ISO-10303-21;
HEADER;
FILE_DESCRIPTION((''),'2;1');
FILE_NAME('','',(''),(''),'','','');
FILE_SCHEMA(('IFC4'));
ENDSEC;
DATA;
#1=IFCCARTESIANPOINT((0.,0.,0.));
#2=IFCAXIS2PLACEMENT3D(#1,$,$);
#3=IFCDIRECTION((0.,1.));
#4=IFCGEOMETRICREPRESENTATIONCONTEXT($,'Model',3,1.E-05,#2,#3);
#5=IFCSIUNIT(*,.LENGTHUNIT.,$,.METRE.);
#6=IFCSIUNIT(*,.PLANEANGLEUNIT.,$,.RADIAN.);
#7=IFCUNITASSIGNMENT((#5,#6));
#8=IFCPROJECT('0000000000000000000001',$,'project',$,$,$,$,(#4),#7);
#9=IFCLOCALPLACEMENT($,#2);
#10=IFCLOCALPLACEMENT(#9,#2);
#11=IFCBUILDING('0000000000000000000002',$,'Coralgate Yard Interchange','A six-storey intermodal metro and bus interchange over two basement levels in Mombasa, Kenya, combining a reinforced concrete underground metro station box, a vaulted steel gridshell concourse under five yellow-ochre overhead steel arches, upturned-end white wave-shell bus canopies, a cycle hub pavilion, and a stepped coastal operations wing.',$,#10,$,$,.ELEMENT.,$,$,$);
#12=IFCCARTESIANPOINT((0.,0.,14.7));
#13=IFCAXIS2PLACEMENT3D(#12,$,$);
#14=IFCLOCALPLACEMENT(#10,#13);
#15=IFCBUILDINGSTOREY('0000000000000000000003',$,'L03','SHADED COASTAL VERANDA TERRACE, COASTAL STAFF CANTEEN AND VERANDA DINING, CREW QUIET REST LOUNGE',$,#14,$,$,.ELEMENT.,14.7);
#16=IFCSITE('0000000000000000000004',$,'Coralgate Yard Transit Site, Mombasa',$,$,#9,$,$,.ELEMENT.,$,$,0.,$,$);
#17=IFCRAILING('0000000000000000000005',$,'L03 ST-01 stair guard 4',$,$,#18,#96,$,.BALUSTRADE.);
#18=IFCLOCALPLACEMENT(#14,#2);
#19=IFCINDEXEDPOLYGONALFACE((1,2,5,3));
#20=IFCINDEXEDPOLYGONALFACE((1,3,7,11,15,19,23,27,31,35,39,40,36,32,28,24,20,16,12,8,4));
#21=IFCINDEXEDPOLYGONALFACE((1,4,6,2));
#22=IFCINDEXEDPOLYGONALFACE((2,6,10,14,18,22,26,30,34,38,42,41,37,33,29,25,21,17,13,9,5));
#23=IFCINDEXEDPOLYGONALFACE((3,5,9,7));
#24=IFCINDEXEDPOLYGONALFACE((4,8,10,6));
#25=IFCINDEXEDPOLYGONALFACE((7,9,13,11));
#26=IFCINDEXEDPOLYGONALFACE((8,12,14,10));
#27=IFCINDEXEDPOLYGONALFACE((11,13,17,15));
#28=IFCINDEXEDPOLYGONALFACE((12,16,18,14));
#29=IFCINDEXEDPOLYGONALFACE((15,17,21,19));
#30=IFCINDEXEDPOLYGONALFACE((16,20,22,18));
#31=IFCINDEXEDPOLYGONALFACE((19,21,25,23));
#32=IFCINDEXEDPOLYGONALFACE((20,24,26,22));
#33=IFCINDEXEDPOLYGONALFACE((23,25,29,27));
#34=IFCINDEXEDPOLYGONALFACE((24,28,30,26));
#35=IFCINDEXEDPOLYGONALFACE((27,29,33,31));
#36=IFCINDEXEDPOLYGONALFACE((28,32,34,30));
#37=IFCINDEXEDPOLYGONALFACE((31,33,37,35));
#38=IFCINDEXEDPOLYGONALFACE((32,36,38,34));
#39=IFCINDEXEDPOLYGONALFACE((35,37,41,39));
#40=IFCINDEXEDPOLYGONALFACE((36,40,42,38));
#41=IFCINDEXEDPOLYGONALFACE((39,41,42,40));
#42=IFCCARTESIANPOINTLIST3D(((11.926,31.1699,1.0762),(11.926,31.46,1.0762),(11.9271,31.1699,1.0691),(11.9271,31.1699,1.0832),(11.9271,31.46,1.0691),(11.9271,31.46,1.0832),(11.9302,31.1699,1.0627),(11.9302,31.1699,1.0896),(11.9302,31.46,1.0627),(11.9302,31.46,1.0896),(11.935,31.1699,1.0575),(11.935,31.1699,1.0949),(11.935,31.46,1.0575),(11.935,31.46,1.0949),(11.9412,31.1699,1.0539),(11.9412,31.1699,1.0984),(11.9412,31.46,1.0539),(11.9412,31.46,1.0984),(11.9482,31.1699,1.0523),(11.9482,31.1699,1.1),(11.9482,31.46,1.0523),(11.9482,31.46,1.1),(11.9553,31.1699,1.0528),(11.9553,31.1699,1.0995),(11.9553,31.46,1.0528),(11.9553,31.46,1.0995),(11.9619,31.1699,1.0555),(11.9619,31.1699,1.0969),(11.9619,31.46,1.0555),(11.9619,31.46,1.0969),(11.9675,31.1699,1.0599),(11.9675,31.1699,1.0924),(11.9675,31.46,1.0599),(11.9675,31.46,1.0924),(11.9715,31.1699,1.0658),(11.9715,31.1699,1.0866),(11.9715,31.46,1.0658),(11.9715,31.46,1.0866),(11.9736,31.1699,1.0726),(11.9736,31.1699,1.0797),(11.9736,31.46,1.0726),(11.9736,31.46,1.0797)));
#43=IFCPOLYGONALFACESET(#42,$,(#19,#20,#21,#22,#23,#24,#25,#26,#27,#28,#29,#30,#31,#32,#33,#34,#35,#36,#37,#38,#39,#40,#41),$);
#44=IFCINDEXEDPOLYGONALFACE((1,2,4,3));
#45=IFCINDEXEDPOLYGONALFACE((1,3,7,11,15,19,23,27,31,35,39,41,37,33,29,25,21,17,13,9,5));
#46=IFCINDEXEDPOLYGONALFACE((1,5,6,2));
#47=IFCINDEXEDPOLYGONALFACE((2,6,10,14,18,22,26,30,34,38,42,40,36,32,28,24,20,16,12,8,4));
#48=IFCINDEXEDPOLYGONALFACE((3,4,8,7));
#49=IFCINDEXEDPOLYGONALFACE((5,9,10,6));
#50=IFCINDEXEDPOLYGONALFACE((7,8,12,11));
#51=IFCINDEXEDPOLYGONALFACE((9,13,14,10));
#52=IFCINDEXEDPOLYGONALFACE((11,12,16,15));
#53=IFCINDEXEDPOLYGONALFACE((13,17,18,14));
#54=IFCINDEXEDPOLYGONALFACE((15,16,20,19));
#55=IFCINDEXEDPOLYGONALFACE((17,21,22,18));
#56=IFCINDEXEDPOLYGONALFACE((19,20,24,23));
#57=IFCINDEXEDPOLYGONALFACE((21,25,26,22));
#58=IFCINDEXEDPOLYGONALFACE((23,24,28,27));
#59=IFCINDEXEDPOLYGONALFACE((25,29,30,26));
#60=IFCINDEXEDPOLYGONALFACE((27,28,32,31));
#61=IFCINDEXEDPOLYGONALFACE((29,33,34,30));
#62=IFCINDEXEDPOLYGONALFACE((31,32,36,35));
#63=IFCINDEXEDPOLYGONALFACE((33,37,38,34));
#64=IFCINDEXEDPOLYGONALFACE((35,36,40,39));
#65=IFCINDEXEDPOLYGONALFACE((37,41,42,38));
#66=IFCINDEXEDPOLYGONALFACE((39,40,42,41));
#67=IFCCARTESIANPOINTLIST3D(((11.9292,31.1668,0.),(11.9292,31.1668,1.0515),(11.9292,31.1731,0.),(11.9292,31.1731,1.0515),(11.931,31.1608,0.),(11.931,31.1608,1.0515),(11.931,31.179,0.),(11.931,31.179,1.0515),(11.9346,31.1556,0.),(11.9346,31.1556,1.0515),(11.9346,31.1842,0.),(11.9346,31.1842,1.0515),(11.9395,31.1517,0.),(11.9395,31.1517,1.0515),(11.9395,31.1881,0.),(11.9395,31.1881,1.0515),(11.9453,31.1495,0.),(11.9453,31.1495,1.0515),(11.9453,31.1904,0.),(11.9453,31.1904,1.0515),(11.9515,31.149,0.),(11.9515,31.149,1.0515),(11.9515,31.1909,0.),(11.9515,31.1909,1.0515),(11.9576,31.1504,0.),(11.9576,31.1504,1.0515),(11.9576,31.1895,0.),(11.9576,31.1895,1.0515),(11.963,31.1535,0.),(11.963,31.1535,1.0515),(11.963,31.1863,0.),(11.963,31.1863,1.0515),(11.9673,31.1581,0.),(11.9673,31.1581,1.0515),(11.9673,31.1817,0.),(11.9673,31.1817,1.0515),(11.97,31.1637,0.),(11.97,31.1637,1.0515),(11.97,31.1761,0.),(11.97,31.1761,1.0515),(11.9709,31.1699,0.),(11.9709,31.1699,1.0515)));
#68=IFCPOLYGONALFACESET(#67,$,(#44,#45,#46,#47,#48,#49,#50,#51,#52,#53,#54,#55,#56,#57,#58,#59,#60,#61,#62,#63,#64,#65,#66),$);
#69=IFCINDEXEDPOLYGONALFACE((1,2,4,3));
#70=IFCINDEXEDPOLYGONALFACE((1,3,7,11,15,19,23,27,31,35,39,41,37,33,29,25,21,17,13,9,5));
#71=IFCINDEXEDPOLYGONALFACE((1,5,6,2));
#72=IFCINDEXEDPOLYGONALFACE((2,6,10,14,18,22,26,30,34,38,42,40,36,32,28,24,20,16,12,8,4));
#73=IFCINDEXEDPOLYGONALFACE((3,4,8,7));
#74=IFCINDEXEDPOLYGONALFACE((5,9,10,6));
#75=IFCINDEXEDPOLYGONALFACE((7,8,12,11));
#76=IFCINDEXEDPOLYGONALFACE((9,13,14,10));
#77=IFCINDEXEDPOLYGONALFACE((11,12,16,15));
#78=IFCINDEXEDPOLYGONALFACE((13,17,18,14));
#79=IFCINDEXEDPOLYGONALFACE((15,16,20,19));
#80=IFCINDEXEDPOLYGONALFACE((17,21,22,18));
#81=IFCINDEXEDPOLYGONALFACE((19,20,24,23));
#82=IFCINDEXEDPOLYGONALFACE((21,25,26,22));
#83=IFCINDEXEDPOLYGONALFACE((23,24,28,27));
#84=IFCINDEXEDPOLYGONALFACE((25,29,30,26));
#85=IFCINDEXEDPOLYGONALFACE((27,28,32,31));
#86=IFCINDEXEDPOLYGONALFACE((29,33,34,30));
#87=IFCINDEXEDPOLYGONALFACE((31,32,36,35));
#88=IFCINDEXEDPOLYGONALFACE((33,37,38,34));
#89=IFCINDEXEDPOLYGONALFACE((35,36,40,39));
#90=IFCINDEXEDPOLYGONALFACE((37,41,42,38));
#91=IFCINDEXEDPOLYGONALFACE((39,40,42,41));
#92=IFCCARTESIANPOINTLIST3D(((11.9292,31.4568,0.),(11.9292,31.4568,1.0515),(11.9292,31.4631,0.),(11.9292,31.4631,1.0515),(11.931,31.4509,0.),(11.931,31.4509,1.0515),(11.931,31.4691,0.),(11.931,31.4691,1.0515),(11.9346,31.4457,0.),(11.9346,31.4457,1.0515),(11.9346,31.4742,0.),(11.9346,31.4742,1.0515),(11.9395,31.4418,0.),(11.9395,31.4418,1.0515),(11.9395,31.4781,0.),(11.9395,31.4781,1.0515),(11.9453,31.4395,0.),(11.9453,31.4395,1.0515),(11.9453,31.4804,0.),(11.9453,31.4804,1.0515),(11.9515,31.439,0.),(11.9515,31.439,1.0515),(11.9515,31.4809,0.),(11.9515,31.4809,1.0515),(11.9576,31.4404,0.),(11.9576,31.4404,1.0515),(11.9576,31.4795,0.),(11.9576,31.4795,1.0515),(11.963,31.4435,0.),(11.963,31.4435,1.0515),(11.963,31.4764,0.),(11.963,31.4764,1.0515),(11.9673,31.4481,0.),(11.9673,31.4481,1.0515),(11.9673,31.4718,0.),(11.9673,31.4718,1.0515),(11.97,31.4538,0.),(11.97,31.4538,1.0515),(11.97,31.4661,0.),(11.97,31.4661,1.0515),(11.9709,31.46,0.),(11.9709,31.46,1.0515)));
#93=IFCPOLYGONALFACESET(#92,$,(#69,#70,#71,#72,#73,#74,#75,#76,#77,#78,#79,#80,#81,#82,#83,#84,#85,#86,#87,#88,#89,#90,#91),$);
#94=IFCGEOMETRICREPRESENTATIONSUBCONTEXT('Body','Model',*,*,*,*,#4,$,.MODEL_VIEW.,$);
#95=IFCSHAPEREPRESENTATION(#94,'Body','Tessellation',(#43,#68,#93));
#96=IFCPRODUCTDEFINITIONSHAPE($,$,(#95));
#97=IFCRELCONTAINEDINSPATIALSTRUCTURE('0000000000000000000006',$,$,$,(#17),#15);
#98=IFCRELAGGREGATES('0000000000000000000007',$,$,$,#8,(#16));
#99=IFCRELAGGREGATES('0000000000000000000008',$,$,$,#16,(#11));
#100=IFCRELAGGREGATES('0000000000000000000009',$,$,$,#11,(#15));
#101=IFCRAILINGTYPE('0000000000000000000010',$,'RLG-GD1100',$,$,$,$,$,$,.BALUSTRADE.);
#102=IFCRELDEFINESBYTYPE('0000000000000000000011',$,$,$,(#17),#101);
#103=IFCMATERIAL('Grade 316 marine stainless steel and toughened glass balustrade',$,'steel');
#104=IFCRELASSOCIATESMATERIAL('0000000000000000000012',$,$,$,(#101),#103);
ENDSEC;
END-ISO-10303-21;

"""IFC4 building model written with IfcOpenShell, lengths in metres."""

from ifc_helpers import new_model, si_unit, direction, frame, origin, origin_2d, place, context, subcontext, project, spatial, circle, extrude, material, type_object, element, save


model = new_model("IFC4")

# Units and contexts
model_context = context("Model", 3, precision=1e-05, world=origin(), true_north=direction((0.0, 1.0)))
body_context = subcontext(model_context, "Body", "Model", "MODEL_VIEW")
ifc_project = project(units=[si_unit("LENGTHUNIT", "METRE"), si_unit("PLANEANGLEUNIT", "RADIAN")], contexts=[model_context])

# Site, building, storey
site_placement = place(None, origin())
site = spatial("IfcSite", under=ifc_project, at=site_placement, Name="Coralgate Yard Transit Site, Mombasa", CompositionType="ELEMENT", RefElevation=0.0)
building_placement = place(site_placement, origin())
building = spatial("IfcBuilding", under=site, at=building_placement, Name="Coralgate Yard Interchange", Description="A six-storey intermodal metro and bus interchange over two basement levels in Mombasa, Kenya, combining a reinforced concrete underground metro station box, a vaulted steel gridshell concourse under five yellow-ochre overhead steel arches, upturned-end white wave-shell bus canopies, a cycle hub pavilion, and a stepped coastal operations wing.", CompositionType="ELEMENT")
storey_placement = place(building_placement, frame((0.0, 0.0, 14.7)))
storey = spatial("IfcBuildingStorey", under=building, at=storey_placement, Name="L03", Description="SHADED COASTAL VERANDA TERRACE, COASTAL STAFF CANTEEN AND VERANDA DINING, CREW QUIET REST LOUNGE", CompositionType="ELEMENT", Elevation=14.7)

# Railing
ifc_material_1 = material(Name="Grade 316 marine stainless steel and toughened glass balustrade", Category="steel")
railing_type_1 = type_object("IfcRailingType", Name="RLG-GD1100", PredefinedType="BALUSTRADE", material=ifc_material_1)
railing_1_placement = place(storey_placement, frame((11.95, 31.1699, 0.0)))
element("IfcRailing", 1, at=railing_1_placement, inside=storey, type_object=railing_type_1, Name="L03 ST-01 stair guard 4", PredefinedType="BALUSTRADE", context=body_context, shape_type="SweptSolid", body=[
    extrude(circle(Radius=0.0239, at=origin_2d()), frame((0.0, 0.0, 1.0762), z_axis=(0.0, 1.0, 0.0), x_axis=(-1.0, 0.0, 0.0)), (0.0, 0.0, 1.0), 0.29),
    extrude(circle(Radius=0.021, at=origin_2d()), origin(), (0.0, 0.0, 1.0), 1.0515),
    extrude(circle(Radius=0.021, at=origin_2d()), frame((0.0, 0.29, 0.0)), (0.0, 0.0, 1.0), 1.0515),
])

save(model, "model.ifc")
